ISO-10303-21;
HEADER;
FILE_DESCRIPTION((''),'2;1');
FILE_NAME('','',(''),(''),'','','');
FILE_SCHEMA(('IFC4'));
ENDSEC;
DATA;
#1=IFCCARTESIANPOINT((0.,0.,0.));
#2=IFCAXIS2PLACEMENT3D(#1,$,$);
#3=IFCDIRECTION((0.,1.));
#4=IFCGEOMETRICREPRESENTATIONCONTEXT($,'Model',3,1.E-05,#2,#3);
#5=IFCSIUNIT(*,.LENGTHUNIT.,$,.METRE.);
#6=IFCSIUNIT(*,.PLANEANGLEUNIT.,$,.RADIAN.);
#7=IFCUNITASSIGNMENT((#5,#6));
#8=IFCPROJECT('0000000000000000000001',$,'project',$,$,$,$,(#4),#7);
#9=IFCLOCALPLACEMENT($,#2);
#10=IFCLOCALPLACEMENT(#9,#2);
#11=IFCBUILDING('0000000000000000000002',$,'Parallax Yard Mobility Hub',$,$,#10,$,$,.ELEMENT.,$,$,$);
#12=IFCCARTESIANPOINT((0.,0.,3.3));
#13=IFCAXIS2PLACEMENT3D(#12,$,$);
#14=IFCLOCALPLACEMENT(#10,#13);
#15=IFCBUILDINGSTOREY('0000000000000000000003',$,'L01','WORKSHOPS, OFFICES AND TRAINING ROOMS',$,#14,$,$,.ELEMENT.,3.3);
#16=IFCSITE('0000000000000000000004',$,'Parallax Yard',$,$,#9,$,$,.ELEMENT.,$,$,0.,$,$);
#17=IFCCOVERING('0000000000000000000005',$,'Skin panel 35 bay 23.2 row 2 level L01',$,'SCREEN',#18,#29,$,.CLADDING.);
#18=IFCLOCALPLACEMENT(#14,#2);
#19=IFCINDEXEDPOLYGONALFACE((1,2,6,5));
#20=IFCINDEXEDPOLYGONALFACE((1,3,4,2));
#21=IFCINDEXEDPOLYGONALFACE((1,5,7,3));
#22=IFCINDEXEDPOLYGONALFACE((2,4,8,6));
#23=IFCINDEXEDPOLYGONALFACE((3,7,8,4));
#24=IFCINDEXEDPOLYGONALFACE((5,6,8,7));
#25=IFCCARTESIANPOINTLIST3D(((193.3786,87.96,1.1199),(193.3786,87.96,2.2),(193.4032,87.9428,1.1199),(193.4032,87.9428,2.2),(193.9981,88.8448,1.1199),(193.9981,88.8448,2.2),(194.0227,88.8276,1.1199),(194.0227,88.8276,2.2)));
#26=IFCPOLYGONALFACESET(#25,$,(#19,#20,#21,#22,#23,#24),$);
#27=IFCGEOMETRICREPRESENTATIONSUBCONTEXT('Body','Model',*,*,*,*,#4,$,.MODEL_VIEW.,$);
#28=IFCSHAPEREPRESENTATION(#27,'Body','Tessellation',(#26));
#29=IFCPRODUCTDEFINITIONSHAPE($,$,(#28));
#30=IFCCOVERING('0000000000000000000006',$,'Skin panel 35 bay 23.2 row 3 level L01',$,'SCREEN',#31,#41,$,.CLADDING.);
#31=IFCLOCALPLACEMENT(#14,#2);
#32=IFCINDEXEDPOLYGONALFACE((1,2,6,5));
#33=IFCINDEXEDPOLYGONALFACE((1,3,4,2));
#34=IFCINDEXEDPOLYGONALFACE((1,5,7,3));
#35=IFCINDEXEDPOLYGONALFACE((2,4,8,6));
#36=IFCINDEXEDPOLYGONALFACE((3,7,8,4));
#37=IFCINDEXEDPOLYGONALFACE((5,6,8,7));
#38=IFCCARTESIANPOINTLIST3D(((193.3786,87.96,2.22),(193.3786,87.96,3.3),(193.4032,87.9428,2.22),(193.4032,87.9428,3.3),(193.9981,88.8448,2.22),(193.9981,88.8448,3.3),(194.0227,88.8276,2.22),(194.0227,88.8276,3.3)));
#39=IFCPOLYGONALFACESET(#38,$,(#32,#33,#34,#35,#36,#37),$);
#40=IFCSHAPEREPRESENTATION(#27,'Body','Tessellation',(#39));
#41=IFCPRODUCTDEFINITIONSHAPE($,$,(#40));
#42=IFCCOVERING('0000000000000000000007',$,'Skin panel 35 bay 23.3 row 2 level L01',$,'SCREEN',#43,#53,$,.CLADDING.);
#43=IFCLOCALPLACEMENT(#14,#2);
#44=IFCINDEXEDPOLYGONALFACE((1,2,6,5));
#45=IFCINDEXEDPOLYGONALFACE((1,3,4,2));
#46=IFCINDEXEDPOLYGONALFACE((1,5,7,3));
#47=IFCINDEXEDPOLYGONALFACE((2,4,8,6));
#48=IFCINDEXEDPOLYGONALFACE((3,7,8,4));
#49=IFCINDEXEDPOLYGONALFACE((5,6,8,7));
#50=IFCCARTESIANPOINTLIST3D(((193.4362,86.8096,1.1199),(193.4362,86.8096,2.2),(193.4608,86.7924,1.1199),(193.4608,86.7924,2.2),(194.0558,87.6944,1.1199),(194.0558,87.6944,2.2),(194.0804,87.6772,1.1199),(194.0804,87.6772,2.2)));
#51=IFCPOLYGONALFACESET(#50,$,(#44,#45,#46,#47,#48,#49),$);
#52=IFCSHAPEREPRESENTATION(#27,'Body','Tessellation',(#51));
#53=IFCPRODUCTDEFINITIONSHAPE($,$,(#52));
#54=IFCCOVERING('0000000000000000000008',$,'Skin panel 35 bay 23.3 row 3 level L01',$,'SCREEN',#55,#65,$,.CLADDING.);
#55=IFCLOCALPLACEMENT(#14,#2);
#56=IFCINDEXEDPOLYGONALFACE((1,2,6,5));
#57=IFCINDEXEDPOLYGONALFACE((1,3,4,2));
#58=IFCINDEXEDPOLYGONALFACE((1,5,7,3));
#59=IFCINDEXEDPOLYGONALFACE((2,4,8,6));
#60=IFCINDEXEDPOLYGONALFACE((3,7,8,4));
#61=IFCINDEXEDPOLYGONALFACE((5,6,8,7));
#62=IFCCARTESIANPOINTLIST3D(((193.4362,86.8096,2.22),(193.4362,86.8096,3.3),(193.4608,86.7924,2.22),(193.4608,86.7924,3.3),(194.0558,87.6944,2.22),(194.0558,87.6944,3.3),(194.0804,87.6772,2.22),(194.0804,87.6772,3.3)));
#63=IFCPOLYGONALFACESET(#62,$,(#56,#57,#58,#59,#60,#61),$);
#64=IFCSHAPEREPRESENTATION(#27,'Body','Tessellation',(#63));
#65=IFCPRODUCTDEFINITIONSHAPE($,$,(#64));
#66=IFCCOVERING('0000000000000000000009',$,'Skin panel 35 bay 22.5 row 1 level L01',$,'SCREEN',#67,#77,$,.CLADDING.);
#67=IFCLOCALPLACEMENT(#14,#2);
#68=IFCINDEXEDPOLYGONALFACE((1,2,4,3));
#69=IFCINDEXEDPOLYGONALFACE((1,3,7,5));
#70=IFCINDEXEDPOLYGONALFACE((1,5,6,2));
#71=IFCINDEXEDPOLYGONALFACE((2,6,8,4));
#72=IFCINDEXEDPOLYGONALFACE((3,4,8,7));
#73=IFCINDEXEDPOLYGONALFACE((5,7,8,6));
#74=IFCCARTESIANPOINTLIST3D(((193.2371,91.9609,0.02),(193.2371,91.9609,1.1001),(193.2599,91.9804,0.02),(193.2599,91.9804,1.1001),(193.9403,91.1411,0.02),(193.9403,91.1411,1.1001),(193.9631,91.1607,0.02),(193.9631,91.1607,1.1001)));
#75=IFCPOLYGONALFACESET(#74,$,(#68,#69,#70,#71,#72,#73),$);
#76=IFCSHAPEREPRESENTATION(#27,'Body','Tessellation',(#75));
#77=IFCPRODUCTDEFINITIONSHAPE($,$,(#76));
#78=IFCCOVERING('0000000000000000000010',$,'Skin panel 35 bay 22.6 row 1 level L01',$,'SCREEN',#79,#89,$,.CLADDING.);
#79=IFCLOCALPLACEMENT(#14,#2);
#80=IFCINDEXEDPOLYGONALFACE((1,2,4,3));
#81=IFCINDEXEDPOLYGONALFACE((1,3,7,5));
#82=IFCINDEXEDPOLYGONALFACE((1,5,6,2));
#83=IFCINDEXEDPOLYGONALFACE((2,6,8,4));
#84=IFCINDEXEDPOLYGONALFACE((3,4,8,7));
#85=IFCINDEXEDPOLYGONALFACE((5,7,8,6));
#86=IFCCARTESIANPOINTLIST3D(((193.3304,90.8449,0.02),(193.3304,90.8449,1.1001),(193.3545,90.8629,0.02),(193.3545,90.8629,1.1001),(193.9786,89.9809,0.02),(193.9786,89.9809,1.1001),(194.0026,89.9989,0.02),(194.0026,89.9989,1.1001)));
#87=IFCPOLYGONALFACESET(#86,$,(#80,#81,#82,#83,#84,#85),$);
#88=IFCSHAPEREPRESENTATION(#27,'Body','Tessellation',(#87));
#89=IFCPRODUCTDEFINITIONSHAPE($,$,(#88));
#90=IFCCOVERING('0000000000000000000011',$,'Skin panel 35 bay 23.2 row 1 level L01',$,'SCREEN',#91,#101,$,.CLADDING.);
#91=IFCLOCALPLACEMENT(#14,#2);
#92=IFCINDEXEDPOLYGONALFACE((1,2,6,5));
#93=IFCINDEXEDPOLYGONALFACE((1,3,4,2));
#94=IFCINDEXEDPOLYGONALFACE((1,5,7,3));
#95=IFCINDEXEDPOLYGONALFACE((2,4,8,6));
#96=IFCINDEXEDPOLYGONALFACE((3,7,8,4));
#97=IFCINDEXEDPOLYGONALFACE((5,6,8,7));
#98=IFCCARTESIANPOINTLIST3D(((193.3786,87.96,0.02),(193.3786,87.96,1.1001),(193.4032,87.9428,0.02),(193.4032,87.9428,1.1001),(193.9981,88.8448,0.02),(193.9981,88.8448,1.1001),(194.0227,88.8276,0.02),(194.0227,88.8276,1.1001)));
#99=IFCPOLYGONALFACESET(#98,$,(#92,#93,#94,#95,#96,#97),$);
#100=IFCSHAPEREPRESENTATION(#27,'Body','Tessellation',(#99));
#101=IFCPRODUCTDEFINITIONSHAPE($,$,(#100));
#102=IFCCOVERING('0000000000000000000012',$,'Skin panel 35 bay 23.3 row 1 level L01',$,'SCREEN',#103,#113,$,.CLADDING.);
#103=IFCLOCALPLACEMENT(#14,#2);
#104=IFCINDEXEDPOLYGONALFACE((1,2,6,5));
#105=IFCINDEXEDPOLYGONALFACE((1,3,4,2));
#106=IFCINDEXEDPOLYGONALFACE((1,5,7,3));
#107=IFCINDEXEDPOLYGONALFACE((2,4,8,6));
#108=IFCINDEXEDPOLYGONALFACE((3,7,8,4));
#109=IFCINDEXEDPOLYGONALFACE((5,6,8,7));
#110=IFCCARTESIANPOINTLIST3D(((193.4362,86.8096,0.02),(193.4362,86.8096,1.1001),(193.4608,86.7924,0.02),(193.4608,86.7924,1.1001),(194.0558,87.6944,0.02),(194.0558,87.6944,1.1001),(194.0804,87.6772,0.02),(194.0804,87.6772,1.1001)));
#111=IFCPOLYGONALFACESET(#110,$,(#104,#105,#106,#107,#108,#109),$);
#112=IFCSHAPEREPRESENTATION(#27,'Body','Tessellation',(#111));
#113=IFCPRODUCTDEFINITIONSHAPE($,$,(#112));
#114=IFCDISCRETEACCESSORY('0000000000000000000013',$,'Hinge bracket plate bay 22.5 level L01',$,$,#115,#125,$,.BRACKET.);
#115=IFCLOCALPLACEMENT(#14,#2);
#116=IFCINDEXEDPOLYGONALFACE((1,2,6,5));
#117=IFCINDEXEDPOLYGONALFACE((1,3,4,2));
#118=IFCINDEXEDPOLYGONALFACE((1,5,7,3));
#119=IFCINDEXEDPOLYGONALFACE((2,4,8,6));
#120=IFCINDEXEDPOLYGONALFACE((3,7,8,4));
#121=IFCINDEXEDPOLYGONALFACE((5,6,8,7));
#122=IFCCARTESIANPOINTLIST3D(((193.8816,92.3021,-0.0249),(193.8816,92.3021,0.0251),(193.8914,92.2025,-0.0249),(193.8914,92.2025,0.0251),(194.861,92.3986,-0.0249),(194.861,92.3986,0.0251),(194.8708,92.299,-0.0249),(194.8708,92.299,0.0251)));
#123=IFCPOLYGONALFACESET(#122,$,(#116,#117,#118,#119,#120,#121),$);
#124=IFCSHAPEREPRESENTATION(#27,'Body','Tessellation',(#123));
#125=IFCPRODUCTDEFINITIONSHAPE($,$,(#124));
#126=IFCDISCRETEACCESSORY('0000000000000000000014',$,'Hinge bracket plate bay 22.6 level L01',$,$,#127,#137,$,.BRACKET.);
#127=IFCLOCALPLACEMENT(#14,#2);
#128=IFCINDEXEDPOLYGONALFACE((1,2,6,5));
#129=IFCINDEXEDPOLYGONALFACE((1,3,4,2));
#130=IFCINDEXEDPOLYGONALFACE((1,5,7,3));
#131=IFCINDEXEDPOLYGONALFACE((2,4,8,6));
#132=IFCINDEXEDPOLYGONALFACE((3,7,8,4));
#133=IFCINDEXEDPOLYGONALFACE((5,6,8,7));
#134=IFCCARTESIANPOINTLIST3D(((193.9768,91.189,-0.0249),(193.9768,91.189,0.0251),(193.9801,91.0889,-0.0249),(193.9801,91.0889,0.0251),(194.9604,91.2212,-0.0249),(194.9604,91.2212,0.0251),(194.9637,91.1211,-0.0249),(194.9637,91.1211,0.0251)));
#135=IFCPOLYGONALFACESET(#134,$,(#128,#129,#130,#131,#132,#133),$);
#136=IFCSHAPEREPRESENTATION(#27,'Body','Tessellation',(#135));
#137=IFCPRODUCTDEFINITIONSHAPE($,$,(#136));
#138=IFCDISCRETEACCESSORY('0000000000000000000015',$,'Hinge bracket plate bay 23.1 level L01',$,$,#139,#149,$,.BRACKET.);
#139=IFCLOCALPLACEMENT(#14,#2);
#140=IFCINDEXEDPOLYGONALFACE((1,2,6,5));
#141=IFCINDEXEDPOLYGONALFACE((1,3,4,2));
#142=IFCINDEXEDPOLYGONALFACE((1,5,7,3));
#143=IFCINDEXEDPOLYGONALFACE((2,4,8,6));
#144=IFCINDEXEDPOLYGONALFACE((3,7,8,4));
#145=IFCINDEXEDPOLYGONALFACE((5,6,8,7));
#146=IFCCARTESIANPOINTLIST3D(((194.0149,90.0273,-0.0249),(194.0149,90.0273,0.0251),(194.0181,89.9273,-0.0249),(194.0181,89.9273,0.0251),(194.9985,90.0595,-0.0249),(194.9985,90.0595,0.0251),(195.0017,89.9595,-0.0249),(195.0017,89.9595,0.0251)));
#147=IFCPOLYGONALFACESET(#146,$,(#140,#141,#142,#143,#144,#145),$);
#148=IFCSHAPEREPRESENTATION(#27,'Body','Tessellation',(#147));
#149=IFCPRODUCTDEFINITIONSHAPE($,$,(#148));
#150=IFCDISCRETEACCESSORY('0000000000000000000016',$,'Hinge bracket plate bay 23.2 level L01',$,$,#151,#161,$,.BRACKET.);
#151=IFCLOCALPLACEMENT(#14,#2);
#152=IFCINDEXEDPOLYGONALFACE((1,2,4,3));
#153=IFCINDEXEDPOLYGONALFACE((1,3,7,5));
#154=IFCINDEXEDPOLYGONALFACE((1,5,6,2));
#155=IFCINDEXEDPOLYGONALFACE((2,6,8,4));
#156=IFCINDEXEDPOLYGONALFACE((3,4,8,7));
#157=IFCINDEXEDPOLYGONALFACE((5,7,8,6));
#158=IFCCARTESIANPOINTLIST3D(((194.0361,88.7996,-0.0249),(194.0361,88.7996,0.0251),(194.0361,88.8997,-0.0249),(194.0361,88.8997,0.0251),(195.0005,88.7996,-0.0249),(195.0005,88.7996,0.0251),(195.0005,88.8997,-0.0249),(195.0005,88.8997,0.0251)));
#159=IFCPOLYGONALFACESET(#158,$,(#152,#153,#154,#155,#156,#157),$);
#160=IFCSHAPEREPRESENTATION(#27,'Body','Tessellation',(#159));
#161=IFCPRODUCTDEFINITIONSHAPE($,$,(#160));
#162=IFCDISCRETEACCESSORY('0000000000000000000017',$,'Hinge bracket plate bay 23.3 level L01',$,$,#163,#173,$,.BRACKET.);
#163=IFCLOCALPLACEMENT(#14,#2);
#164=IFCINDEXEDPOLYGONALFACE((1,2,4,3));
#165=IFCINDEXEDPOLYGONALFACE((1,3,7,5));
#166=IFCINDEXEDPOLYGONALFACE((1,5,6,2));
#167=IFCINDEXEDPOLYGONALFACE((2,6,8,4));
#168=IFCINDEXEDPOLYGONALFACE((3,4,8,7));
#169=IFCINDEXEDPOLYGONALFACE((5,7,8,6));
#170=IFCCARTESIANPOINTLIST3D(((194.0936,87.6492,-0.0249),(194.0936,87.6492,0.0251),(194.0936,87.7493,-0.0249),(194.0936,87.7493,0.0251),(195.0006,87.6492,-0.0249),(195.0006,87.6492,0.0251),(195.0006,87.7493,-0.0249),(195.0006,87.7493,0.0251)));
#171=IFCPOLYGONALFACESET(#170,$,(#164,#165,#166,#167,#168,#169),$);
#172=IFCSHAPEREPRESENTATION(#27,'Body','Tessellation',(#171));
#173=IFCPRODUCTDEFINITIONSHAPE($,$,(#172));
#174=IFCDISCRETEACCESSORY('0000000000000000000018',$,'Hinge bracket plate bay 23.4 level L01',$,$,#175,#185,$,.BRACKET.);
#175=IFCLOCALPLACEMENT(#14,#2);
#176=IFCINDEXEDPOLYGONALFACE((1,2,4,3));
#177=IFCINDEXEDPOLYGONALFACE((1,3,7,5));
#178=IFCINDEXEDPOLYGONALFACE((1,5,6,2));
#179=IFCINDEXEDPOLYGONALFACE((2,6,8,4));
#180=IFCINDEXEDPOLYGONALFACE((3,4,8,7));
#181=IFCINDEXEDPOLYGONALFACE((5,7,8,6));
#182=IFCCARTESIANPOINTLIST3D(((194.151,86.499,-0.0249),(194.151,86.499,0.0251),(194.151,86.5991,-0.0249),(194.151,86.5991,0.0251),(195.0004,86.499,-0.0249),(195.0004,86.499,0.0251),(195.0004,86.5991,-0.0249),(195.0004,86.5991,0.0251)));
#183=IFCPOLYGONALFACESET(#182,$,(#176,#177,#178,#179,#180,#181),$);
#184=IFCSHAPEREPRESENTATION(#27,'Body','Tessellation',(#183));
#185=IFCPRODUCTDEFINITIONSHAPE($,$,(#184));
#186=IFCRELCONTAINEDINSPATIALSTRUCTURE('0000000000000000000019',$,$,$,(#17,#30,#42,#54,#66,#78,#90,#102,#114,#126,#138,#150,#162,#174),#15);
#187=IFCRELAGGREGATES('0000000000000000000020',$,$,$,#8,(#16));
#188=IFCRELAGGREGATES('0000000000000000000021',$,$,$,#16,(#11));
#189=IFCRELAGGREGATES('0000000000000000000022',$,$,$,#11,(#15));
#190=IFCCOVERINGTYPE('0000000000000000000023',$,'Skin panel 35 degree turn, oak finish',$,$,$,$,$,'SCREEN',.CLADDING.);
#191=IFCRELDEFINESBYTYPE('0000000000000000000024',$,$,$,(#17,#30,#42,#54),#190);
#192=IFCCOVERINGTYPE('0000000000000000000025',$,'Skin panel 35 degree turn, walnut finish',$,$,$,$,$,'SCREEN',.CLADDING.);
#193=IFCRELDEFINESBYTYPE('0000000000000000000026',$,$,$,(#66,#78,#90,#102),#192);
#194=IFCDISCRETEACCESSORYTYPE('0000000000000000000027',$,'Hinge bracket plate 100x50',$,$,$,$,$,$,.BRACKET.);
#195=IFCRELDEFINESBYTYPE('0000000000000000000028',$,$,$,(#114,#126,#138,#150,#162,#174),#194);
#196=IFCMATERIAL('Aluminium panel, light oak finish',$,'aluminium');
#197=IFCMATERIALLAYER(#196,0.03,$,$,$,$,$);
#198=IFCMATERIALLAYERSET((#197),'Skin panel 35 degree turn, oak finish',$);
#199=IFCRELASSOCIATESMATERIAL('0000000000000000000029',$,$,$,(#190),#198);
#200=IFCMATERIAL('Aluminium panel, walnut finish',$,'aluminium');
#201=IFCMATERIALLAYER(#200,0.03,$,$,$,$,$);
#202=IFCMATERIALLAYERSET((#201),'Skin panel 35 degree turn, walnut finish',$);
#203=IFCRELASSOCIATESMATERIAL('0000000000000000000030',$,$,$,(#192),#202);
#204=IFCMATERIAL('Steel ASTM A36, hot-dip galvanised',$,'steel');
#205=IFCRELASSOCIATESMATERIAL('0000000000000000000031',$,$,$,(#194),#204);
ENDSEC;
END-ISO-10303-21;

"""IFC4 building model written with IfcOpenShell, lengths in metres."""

from ifc_helpers import new_model, si_unit, direction, frame, origin, origin_2d, place, context, subcontext, project, spatial, rectangle, extrude, material, layer, layer_set, type_object, element, save


model = new_model("IFC4")

# Units and contexts
model_context = context("Model", 3, precision=1e-05, world=origin(), true_north=direction((0.0, 1.0)))
body_context = subcontext(model_context, "Body", "Model", "MODEL_VIEW")
ifc_project = project(units=[si_unit("LENGTHUNIT", "METRE"), si_unit("PLANEANGLEUNIT", "RADIAN")], contexts=[model_context])

# Site, building, storey
site_placement = place(None, origin())
site = spatial("IfcSite", under=ifc_project, at=site_placement, Name="Parallax Yard", CompositionType="ELEMENT", RefElevation=0.0)
building_placement = place(site_placement, origin())
building = spatial("IfcBuilding", under=site, at=building_placement, Name="Parallax Yard Mobility Hub", CompositionType="ELEMENT")
storey_placement = place(building_placement, frame((0.0, 0.0, 3.3)))
storey = spatial("IfcBuildingStorey", under=building, at=storey_placement, Name="L01", Description="WORKSHOPS, OFFICES AND TRAINING ROOMS", CompositionType="ELEMENT", Elevation=3.3)

# Coverings
ifc_material_1 = material(Name="Aluminium panel, light oak finish", Category="aluminium")
ifc_material_2 = material(Name="Aluminium panel, walnut finish", Category="aluminium")
ifc_layer_1 = layer(ifc_material_1, 0.03)
ifc_layer_set_1 = layer_set([ifc_layer_1], Name="Skin panel 35 degree turn, oak finish")
covering_type_1 = type_object("IfcCoveringType", Name="Skin panel 35 degree turn, oak finish", ElementType="SCREEN", PredefinedType="CLADDING", material=ifc_layer_set_1)
for number, where, z_axis, x_axis, name in (
    (1, (193.7007, 88.3938, 1.1199), (0.0, 0.0, 1.0), (-0.573576, -0.819152, 0.0), "Skin panel 35 bay 23.2 row 2 level L01"),
    (2, (193.7007, 88.3938, 2.22), (0.0, 0.0, 1.0), (-0.573576, -0.819152, 0.0), "Skin panel 35 bay 23.2 row 3 level L01"),
    (3, (193.7583, 87.2434, 1.1199), (0.0, 0.0, 1.0), (-0.573576, -0.819152, 0.0), "Skin panel 35 bay 23.3 row 2 level L01"),
    (4, (193.7583, 87.2434, 2.22), (0.0, 0.0, 1.0), (-0.573576, -0.819152, 0.0), "Skin panel 35 bay 23.3 row 3 level L01"),
):
    element("IfcCovering", number, at=place(storey_placement, frame(where, z_axis=z_axis, x_axis=x_axis)), inside=storey, type_object=covering_type_1, Name=name, ObjectType="SCREEN", PredefinedType="CLADDING", context=body_context, shape_type="SweptSolid", body=[
        extrude(rectangle(XDim=1.0801, YDim=0.03, at=origin_2d()), origin(), (0.0, 0.0, 1.0), 1.0801),
    ])
ifc_layer_2 = layer(ifc_material_2, 0.03)
ifc_layer_set_2 = layer_set([ifc_layer_2], Name="Skin panel 35 degree turn, walnut finish")
covering_type_2 = type_object("IfcCoveringType", Name="Skin panel 35 degree turn, walnut finish", ElementType="SCREEN", PredefinedType="CLADDING", material=ifc_layer_set_2)
for number, where, z_axis, x_axis, name in (
    (5, (193.6001, 91.5608, 0.02), (0.0, 0.0, 1.0), (-0.651105, 0.758987, 0.0), "Skin panel 35 bay 22.5 row 1 level L01"),
    (6, (193.6665, 90.4219, 0.02), (0.0, 0.0, 1.0), (-0.600071, 0.799947, 0.0), "Skin panel 35 bay 22.6 row 1 level L01"),
    (7, (193.7007, 88.3938, 0.02), (0.0, 0.0, 1.0), (-0.573576, -0.819152, 0.0), "Skin panel 35 bay 23.2 row 1 level L01"),
    (8, (193.7583, 87.2434, 0.02), (0.0, 0.0, 1.0), (-0.573576, -0.819152, 0.0), "Skin panel 35 bay 23.3 row 1 level L01"),
):
    element("IfcCovering", number, at=place(storey_placement, frame(where, z_axis=z_axis, x_axis=x_axis)), inside=storey, type_object=covering_type_2, Name=name, ObjectType="SCREEN", PredefinedType="CLADDING", context=body_context, shape_type="SweptSolid", body=[
        extrude(rectangle(XDim=1.0801, YDim=0.03, at=origin_2d()), origin(), (0.0, 0.0, 1.0), 1.0801),
    ])

# Discrete accessories
ifc_material_3 = material(Name="Steel ASTM A36, hot-dip galvanised", Category="steel")
discrete_accessory_type_1 = type_object("IfcDiscreteAccessoryType", Name="Hinge bracket plate 100x50", PredefinedType="BRACKET", material=ifc_material_3)
for number, where, z_axis, x_axis, name in (
    (9, (194.3762, 92.3005, -0.0249), (0.0, 0.0, 1.0), (-0.995185, -0.098017, 0.0), "Hinge bracket plate bay 22.5 level L01"),
    (10, (194.4702, 91.155, -0.0249), (0.0, 0.0, 1.0), (-0.999465, -0.032719, 0.0), "Hinge bracket plate bay 22.6 level L01"),
    (11, (194.5083, 89.9934, -0.0249), (0.0, 0.0, 1.0), (-0.999465, -0.032719, 0.0), "Hinge bracket plate bay 23.1 level L01"),
):
    element("IfcDiscreteAccessory", number, at=place(storey_placement, frame(where, z_axis=z_axis, x_axis=x_axis)), inside=storey, type_object=discrete_accessory_type_1, Name=name, PredefinedType="BRACKET", context=body_context, shape_type="SweptSolid", body=[
        extrude(rectangle(XDim=0.9841, YDim=0.1001, at=origin_2d()), origin(), (0.0, 0.0, 1.0), 0.05),
    ])
discrete_accessory_1_placement = place(storey_placement, frame((194.5183, 88.8496, -0.0249), z_axis=(0.0, 0.0, 1.0), x_axis=(-1.0, 0.0, 0.0)))
element("IfcDiscreteAccessory", 12, at=discrete_accessory_1_placement, inside=storey, type_object=discrete_accessory_type_1, Name="Hinge bracket plate bay 23.2 level L01", PredefinedType="BRACKET", context=body_context, shape_type="SweptSolid", body=[
    extrude(rectangle(XDim=0.9644, YDim=0.1001, at=origin_2d()), origin(), (0.0, 0.0, 1.0), 0.05),
])
discrete_accessory_2_placement = place(storey_placement, frame((194.5471, 87.6992, -0.0249), z_axis=(0.0, 0.0, 1.0), x_axis=(-1.0, 0.0, 0.0)))
element("IfcDiscreteAccessory", 13, at=discrete_accessory_2_placement, inside=storey, type_object=discrete_accessory_type_1, Name="Hinge bracket plate bay 23.3 level L01", PredefinedType="BRACKET", context=body_context, shape_type="SweptSolid", body=[
    extrude(rectangle(XDim=0.907, YDim=0.1001, at=origin_2d()), origin(), (0.0, 0.0, 1.0), 0.05),
])
discrete_accessory_3_placement = place(storey_placement, frame((194.5757, 86.5491, -0.0249), z_axis=(0.0, 0.0, 1.0), x_axis=(-1.0, 0.0, 0.0)))
element("IfcDiscreteAccessory", 14, at=discrete_accessory_3_placement, inside=storey, type_object=discrete_accessory_type_1, Name="Hinge bracket plate bay 23.4 level L01", PredefinedType="BRACKET", context=body_context, shape_type="SweptSolid", body=[
    extrude(rectangle(XDim=0.8494, YDim=0.1001, at=origin_2d()), origin(), (0.0, 0.0, 1.0), 0.05),
])

save(model, "model.ifc")
